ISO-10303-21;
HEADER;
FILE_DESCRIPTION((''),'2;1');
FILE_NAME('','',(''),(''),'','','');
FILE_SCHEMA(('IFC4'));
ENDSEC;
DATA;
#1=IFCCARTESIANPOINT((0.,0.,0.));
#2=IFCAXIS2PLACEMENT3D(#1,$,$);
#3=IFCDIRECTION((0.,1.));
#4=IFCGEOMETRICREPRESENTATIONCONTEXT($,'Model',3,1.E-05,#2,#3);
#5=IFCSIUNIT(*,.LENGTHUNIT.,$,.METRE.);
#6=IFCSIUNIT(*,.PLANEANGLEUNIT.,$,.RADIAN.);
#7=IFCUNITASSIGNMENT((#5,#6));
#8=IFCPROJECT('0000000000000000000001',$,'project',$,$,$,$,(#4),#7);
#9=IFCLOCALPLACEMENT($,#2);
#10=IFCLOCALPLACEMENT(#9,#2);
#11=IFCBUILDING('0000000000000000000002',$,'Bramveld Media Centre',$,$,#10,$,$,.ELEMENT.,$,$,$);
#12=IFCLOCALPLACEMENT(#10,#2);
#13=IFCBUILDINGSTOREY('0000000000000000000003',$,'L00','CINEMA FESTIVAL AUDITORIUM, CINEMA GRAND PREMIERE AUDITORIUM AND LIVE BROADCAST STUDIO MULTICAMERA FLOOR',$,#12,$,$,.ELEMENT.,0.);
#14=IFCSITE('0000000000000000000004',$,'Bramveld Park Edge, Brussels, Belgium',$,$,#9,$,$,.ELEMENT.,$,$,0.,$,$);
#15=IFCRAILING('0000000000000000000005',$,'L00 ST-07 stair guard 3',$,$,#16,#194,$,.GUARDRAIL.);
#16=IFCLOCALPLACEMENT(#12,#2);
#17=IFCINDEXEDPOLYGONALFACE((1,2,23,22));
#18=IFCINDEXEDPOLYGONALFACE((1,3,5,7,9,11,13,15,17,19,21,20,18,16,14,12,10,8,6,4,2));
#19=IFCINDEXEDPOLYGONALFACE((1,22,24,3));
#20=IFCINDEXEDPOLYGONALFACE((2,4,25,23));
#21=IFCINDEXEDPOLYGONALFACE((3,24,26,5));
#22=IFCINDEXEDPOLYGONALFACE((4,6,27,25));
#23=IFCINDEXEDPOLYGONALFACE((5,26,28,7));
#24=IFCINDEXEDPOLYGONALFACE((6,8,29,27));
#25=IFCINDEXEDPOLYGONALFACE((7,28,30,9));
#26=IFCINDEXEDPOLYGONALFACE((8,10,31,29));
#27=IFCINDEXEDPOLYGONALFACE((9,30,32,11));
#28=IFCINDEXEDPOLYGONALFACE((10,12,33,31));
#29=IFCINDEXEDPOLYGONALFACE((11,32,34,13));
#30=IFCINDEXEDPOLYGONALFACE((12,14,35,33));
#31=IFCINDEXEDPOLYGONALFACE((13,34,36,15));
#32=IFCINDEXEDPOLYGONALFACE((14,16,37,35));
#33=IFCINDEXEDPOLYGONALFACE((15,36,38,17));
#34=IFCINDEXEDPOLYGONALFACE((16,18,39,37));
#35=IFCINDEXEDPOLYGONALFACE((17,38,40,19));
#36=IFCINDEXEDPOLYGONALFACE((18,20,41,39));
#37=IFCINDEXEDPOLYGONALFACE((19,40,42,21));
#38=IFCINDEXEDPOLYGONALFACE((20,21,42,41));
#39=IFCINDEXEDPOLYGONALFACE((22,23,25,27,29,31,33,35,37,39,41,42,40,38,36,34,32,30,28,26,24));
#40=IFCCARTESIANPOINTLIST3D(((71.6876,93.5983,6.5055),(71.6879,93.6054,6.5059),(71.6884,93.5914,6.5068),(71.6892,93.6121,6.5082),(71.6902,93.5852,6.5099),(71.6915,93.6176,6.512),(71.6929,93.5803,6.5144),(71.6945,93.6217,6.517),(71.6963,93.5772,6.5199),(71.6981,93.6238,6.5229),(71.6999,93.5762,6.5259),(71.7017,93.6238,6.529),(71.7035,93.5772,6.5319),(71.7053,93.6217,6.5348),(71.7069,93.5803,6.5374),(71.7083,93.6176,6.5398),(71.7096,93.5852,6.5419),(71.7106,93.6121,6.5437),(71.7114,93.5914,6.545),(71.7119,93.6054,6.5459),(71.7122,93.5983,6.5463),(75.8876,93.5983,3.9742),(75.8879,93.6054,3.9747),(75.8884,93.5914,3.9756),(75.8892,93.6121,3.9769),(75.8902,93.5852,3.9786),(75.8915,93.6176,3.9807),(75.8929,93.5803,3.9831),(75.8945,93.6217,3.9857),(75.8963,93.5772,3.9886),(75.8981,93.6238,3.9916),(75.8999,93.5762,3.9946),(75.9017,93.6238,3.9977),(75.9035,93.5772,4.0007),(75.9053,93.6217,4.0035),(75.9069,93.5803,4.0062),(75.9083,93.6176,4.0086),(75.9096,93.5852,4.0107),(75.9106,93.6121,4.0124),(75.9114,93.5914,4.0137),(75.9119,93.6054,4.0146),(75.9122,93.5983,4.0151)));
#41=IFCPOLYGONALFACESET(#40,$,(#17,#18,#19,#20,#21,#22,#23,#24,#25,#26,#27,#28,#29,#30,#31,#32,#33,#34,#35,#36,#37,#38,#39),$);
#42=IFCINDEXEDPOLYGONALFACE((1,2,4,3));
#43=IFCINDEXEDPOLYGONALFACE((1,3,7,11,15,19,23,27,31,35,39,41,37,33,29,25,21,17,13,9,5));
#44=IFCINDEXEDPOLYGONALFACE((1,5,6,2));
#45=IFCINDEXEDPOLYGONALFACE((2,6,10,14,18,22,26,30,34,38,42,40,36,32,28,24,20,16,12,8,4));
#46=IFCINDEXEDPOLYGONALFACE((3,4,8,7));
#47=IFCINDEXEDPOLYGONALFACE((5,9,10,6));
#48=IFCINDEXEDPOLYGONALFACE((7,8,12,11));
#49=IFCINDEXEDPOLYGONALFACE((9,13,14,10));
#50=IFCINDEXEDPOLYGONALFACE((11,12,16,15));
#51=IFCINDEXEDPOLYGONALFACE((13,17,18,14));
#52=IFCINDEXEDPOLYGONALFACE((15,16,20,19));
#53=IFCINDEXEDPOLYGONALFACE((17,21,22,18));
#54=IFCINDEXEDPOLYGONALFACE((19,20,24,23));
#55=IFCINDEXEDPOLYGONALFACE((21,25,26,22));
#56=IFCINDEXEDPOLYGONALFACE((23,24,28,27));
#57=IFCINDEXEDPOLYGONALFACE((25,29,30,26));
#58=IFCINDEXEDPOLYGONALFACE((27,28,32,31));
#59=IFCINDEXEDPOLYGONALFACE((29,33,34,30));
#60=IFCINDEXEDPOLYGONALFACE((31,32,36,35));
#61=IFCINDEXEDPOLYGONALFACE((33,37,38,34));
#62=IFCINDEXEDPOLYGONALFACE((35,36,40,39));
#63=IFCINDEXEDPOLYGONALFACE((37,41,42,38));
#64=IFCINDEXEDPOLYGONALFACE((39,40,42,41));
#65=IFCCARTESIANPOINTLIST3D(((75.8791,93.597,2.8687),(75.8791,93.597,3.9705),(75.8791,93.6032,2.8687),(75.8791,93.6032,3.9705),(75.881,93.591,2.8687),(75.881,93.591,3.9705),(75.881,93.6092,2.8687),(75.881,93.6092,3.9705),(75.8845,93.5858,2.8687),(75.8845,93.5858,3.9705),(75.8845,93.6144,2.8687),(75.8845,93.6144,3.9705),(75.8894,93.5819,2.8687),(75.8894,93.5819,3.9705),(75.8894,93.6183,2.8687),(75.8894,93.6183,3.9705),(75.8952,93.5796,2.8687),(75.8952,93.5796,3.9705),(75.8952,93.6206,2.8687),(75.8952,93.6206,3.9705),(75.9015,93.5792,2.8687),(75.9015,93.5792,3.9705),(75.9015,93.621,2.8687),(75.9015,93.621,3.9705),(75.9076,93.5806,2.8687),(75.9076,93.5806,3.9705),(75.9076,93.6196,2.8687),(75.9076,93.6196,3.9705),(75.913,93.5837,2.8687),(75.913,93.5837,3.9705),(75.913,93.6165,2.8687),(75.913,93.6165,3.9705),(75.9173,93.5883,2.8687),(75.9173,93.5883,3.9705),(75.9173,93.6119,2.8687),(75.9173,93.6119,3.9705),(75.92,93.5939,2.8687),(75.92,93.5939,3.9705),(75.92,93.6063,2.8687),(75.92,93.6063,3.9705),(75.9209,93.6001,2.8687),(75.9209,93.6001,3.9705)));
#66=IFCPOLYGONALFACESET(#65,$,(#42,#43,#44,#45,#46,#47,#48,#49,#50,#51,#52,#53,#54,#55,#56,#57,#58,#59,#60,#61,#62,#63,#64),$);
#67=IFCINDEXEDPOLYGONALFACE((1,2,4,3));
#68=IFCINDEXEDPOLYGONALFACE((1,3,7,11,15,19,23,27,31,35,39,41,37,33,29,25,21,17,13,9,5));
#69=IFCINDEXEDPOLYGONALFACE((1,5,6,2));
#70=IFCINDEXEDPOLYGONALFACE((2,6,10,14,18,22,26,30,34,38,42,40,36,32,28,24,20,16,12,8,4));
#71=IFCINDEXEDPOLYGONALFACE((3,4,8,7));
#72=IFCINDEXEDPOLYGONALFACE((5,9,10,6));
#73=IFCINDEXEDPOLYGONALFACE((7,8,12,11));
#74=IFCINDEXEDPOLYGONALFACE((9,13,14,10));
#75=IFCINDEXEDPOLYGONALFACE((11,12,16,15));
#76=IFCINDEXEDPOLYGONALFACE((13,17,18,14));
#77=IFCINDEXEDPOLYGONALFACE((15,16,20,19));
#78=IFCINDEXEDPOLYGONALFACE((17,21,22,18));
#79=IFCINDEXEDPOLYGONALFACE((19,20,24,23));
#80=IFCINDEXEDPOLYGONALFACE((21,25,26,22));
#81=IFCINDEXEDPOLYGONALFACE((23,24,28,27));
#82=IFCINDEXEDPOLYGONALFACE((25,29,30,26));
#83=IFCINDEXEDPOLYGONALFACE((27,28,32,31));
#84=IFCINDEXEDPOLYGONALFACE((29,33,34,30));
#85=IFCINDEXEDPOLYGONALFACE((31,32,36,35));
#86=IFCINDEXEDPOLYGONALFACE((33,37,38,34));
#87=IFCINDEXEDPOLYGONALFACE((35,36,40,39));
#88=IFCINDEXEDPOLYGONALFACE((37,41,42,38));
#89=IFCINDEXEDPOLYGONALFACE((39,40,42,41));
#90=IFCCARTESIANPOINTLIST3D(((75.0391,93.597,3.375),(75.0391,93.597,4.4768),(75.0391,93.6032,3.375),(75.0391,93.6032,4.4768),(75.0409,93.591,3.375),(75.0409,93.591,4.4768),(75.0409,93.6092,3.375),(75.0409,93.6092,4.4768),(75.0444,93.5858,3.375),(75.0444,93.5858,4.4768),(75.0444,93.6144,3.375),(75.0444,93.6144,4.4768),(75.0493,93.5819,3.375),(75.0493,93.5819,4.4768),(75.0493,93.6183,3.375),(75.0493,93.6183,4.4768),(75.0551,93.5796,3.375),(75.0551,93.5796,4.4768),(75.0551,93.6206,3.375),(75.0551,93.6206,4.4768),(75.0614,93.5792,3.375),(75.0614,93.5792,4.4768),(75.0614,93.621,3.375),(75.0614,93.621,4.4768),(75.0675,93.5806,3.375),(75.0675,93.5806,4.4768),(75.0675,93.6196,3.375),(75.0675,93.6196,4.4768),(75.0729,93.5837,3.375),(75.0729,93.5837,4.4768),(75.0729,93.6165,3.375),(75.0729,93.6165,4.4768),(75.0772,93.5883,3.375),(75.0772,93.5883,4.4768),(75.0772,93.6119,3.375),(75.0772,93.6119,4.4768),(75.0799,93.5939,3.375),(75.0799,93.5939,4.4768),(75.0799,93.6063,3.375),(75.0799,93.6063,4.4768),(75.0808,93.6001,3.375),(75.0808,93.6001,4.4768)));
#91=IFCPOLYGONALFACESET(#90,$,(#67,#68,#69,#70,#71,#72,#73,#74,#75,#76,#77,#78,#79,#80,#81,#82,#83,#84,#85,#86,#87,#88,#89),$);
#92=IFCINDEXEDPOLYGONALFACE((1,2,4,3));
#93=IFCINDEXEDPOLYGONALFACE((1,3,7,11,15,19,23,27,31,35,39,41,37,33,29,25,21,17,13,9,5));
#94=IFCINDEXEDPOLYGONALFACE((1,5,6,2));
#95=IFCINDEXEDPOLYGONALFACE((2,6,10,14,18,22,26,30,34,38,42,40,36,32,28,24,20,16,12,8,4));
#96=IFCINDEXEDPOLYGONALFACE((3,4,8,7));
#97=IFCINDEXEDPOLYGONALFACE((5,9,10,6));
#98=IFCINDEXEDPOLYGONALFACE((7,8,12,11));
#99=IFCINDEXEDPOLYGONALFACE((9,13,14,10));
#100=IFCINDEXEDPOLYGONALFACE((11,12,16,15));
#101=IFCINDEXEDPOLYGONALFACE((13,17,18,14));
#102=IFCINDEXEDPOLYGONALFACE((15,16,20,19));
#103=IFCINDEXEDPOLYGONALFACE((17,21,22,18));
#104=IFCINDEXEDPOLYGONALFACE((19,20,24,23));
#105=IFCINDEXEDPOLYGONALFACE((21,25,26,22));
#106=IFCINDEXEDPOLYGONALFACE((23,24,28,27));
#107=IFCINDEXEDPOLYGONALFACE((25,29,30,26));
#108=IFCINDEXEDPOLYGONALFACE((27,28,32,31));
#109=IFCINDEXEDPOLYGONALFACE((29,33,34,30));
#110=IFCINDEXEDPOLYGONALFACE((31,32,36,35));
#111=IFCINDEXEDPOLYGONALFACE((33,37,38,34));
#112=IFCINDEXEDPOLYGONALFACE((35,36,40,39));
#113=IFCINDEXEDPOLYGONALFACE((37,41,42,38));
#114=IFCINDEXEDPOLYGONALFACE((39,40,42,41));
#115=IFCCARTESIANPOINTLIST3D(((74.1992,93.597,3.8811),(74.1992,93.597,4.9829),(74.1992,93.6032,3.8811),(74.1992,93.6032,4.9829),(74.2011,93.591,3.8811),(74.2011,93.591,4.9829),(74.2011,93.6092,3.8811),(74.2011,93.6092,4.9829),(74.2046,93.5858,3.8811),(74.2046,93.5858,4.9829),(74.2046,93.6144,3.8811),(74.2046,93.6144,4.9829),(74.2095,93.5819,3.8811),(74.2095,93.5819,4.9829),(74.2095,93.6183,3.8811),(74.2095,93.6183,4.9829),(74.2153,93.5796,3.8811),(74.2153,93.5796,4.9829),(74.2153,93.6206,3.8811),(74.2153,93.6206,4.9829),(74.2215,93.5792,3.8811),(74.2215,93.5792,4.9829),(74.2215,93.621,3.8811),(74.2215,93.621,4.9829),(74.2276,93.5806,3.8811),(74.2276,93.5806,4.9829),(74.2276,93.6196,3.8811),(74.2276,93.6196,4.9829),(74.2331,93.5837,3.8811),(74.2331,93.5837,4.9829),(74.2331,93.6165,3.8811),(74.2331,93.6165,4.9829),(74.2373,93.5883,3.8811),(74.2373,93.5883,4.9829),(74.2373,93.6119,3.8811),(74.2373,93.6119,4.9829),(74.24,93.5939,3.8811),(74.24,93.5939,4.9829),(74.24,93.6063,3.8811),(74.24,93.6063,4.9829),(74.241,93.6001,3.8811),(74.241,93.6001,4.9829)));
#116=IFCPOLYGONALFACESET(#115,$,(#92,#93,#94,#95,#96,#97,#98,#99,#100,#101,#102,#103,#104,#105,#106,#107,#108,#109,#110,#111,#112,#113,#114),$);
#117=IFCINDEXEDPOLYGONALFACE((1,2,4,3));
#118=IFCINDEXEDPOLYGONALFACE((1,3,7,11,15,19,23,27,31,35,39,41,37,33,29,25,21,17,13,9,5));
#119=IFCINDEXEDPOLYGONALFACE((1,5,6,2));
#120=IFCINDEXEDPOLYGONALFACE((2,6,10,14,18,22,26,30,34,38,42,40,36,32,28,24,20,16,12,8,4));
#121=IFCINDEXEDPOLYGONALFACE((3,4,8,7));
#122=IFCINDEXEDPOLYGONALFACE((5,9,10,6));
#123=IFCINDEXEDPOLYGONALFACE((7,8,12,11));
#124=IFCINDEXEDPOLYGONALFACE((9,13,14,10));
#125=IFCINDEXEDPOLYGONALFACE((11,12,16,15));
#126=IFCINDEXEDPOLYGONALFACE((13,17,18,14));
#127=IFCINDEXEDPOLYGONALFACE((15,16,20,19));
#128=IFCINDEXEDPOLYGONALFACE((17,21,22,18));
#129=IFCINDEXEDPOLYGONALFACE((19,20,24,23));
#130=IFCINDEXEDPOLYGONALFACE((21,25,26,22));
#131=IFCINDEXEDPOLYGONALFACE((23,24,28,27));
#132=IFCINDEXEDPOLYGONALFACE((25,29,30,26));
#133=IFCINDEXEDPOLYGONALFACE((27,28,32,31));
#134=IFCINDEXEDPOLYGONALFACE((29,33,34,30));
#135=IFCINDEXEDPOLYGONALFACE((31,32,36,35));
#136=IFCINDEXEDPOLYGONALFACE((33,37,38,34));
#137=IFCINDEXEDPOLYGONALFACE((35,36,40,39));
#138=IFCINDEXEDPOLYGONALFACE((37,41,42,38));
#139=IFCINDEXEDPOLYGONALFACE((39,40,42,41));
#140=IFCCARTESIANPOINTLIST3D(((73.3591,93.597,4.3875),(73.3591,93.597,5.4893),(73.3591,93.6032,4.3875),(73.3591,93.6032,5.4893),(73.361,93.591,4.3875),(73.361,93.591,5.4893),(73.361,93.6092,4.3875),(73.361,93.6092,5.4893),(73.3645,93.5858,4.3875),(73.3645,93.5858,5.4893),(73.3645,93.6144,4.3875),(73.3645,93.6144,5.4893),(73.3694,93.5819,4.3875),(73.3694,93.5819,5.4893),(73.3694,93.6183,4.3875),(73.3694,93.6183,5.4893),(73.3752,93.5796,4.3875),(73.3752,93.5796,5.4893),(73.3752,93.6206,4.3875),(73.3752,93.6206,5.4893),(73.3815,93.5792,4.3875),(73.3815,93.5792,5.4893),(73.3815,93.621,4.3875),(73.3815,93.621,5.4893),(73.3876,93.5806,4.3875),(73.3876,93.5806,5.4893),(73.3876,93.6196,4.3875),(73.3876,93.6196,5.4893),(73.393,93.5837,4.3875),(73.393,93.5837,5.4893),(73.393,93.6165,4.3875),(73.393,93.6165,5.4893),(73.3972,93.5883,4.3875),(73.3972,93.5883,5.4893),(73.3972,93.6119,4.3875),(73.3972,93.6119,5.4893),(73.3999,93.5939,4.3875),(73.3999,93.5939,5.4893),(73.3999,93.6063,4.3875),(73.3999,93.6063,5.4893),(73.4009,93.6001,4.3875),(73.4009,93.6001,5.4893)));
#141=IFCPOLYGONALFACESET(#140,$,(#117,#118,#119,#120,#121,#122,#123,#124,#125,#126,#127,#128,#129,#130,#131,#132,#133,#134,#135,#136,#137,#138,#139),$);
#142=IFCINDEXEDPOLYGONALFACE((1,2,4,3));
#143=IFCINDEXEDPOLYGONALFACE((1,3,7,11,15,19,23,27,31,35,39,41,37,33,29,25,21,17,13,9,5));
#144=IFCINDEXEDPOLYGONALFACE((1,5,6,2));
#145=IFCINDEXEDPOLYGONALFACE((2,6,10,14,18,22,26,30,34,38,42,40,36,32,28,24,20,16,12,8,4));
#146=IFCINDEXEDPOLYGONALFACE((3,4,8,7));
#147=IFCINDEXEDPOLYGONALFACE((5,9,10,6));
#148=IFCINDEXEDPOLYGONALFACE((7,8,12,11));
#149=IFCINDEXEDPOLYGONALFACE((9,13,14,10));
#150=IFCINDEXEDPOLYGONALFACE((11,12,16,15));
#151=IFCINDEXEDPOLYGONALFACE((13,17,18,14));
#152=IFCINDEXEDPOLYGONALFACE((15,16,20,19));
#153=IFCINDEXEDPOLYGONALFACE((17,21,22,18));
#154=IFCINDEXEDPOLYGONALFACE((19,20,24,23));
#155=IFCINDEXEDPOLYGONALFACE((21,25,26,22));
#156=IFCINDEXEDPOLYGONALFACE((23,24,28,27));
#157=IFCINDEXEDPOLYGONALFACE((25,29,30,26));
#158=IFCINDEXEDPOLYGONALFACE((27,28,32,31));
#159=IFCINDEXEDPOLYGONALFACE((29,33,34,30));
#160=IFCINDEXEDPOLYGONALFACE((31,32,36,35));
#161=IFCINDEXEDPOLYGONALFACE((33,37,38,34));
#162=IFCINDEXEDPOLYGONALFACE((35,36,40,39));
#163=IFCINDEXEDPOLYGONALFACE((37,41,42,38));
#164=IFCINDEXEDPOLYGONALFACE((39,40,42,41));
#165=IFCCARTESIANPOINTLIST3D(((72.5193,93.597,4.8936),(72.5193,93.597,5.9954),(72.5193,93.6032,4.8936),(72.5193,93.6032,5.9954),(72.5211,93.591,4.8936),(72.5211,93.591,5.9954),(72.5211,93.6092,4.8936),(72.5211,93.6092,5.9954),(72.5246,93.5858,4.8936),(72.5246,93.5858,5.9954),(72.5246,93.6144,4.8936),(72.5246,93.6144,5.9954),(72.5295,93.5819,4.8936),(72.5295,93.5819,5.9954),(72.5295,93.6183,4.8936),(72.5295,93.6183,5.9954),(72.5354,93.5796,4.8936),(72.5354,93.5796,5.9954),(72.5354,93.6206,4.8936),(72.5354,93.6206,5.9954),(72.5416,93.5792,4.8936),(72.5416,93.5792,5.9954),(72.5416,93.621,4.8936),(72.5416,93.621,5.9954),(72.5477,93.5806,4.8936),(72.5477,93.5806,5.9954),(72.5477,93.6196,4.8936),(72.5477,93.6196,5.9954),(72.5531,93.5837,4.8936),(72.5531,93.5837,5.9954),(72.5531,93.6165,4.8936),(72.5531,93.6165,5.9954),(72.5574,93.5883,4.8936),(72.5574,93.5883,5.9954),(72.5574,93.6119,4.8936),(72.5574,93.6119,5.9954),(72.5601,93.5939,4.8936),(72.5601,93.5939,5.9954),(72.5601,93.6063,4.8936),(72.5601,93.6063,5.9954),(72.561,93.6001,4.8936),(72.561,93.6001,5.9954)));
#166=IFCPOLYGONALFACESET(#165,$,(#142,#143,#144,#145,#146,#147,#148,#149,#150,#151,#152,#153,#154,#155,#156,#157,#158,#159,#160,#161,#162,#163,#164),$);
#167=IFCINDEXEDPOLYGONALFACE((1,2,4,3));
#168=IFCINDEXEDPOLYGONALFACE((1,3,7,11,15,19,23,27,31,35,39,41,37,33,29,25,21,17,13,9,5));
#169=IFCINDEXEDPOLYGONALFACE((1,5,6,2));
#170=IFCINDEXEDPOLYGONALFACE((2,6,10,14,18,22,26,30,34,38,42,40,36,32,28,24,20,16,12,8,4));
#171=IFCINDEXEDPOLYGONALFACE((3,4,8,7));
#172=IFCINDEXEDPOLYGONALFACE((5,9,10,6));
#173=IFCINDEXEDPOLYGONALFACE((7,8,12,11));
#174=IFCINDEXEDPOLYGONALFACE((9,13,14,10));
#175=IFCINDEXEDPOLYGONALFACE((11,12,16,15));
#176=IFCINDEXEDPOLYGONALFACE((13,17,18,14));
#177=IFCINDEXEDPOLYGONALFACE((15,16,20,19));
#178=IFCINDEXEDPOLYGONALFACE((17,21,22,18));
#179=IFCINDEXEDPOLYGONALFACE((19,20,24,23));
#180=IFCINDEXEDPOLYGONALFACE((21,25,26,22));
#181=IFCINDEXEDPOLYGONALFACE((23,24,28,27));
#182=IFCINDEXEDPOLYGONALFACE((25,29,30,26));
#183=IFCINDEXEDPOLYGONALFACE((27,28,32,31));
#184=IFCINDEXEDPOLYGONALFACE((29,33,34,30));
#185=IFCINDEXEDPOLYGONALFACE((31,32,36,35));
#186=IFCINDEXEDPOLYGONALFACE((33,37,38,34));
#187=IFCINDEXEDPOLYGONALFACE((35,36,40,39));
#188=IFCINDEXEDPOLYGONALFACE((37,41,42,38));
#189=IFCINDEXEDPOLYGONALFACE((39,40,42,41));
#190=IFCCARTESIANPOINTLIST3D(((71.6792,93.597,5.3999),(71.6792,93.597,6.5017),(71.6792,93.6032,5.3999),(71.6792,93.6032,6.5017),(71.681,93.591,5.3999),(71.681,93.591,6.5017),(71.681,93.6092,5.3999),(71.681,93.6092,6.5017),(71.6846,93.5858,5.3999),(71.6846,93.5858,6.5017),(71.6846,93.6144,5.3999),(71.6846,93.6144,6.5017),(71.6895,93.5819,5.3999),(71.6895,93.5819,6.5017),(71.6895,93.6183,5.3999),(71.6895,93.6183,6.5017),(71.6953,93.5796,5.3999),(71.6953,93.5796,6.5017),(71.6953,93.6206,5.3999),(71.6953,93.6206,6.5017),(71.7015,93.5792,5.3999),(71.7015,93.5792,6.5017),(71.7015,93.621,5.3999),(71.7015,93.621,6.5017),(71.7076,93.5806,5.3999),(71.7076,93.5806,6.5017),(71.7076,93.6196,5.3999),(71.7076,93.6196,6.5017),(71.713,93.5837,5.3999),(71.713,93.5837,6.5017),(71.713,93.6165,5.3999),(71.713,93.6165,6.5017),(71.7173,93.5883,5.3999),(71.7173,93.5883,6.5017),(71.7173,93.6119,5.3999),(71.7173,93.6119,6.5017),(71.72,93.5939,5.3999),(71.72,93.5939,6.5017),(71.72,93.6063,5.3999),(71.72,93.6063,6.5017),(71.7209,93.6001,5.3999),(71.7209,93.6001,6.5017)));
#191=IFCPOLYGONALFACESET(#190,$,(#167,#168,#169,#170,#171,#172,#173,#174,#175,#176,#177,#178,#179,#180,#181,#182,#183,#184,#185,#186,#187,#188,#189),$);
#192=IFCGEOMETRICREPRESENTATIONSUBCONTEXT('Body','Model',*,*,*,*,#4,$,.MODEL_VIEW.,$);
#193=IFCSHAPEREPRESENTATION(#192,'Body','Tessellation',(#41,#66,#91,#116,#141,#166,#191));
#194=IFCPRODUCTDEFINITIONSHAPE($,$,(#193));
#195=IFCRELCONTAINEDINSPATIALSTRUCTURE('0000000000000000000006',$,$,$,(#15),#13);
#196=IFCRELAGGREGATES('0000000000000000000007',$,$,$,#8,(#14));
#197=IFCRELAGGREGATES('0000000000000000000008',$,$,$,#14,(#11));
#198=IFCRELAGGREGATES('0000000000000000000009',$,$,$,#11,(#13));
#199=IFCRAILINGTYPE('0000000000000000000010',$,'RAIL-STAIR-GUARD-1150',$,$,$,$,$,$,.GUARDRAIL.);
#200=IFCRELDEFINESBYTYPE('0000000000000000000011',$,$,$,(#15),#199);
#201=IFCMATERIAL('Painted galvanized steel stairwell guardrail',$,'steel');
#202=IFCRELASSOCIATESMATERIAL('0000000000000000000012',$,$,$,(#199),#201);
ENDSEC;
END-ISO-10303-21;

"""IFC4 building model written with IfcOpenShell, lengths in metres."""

from ifc_helpers import new_model, si_unit, direction, frame, origin, origin_2d, place, context, subcontext, project, spatial, circle, extrude, material, type_object, element, save


model = new_model("IFC4")

# Units and contexts
model_context = context("Model", 3, precision=1e-05, world=origin(), true_north=direction((0.0, 1.0)))
body_context = subcontext(model_context, "Body", "Model", "MODEL_VIEW")
ifc_project = project(units=[si_unit("LENGTHUNIT", "METRE"), si_unit("PLANEANGLEUNIT", "RADIAN")], contexts=[model_context])

# Site, building, storey
site_placement = place(None, origin())
site = spatial("IfcSite", under=ifc_project, at=site_placement, Name="Bramveld Park Edge, Brussels, Belgium", CompositionType="ELEMENT", RefElevation=0.0)
building_placement = place(site_placement, origin())
building = spatial("IfcBuilding", under=site, at=building_placement, Name="Bramveld Media Centre", CompositionType="ELEMENT")
storey_placement = place(building_placement, origin())
storey = spatial("IfcBuildingStorey", under=building, at=storey_placement, Name="L00", Description="CINEMA FESTIVAL AUDITORIUM, CINEMA GRAND PREMIERE AUDITORIUM AND LIVE BROADCAST STUDIO MULTICAMERA FLOOR", CompositionType="ELEMENT", Elevation=0.0)

# Railing
ifc_material_1 = material(Name="Painted galvanized steel stairwell guardrail", Category="steel")
railing_type_1 = type_object("IfcRailingType", Name="RAIL-STAIR-GUARD-1150", PredefinedType="GUARDRAIL", material=ifc_material_1)
railing_1_placement = place(storey_placement, frame((75.8999, 93.6001, 2.8687)))
element("IfcRailing", 1, at=railing_1_placement, inside=storey, type_object=railing_type_1, Name="L00 ST-07 stair guard 3", PredefinedType="GUARDRAIL", context=body_context, shape_type="SweptSolid", body=[
    extrude(circle(Radius=0.0239, at=origin_2d()), frame((0.0, 0.0, 1.126), z_axis=(-0.856476, 0.0, 0.516186), x_axis=(0.0, -1.0, 0.0)), (0.0, 0.0, 1.0), 4.9038),
    extrude(circle(Radius=0.021, at=origin_2d()), origin(), (0.0, 0.0, 1.0), 1.1018),
    extrude(circle(Radius=0.021, at=origin_2d()), frame((-0.8401, 0.0, 0.5063)), (0.0, 0.0, 1.0), 1.1018),
    extrude(circle(Radius=0.021, at=origin_2d()), frame((-1.6799, 0.0, 1.0125)), (0.0, 0.0, 1.0), 1.1018),
    extrude(circle(Radius=0.021, at=origin_2d()), frame((-2.52, 0.0, 1.5188)), (0.0, 0.0, 1.0), 1.1018),
    extrude(circle(Radius=0.021, at=origin_2d()), frame((-3.3599, 0.0, 2.0249)), (0.0, 0.0, 1.0), 1.1018),
    extrude(circle(Radius=0.021, at=origin_2d()), frame((-4.2, 0.0, 2.5312)), (0.0, 0.0, 1.0), 1.1018),
])

save(model, "model.ifc")
